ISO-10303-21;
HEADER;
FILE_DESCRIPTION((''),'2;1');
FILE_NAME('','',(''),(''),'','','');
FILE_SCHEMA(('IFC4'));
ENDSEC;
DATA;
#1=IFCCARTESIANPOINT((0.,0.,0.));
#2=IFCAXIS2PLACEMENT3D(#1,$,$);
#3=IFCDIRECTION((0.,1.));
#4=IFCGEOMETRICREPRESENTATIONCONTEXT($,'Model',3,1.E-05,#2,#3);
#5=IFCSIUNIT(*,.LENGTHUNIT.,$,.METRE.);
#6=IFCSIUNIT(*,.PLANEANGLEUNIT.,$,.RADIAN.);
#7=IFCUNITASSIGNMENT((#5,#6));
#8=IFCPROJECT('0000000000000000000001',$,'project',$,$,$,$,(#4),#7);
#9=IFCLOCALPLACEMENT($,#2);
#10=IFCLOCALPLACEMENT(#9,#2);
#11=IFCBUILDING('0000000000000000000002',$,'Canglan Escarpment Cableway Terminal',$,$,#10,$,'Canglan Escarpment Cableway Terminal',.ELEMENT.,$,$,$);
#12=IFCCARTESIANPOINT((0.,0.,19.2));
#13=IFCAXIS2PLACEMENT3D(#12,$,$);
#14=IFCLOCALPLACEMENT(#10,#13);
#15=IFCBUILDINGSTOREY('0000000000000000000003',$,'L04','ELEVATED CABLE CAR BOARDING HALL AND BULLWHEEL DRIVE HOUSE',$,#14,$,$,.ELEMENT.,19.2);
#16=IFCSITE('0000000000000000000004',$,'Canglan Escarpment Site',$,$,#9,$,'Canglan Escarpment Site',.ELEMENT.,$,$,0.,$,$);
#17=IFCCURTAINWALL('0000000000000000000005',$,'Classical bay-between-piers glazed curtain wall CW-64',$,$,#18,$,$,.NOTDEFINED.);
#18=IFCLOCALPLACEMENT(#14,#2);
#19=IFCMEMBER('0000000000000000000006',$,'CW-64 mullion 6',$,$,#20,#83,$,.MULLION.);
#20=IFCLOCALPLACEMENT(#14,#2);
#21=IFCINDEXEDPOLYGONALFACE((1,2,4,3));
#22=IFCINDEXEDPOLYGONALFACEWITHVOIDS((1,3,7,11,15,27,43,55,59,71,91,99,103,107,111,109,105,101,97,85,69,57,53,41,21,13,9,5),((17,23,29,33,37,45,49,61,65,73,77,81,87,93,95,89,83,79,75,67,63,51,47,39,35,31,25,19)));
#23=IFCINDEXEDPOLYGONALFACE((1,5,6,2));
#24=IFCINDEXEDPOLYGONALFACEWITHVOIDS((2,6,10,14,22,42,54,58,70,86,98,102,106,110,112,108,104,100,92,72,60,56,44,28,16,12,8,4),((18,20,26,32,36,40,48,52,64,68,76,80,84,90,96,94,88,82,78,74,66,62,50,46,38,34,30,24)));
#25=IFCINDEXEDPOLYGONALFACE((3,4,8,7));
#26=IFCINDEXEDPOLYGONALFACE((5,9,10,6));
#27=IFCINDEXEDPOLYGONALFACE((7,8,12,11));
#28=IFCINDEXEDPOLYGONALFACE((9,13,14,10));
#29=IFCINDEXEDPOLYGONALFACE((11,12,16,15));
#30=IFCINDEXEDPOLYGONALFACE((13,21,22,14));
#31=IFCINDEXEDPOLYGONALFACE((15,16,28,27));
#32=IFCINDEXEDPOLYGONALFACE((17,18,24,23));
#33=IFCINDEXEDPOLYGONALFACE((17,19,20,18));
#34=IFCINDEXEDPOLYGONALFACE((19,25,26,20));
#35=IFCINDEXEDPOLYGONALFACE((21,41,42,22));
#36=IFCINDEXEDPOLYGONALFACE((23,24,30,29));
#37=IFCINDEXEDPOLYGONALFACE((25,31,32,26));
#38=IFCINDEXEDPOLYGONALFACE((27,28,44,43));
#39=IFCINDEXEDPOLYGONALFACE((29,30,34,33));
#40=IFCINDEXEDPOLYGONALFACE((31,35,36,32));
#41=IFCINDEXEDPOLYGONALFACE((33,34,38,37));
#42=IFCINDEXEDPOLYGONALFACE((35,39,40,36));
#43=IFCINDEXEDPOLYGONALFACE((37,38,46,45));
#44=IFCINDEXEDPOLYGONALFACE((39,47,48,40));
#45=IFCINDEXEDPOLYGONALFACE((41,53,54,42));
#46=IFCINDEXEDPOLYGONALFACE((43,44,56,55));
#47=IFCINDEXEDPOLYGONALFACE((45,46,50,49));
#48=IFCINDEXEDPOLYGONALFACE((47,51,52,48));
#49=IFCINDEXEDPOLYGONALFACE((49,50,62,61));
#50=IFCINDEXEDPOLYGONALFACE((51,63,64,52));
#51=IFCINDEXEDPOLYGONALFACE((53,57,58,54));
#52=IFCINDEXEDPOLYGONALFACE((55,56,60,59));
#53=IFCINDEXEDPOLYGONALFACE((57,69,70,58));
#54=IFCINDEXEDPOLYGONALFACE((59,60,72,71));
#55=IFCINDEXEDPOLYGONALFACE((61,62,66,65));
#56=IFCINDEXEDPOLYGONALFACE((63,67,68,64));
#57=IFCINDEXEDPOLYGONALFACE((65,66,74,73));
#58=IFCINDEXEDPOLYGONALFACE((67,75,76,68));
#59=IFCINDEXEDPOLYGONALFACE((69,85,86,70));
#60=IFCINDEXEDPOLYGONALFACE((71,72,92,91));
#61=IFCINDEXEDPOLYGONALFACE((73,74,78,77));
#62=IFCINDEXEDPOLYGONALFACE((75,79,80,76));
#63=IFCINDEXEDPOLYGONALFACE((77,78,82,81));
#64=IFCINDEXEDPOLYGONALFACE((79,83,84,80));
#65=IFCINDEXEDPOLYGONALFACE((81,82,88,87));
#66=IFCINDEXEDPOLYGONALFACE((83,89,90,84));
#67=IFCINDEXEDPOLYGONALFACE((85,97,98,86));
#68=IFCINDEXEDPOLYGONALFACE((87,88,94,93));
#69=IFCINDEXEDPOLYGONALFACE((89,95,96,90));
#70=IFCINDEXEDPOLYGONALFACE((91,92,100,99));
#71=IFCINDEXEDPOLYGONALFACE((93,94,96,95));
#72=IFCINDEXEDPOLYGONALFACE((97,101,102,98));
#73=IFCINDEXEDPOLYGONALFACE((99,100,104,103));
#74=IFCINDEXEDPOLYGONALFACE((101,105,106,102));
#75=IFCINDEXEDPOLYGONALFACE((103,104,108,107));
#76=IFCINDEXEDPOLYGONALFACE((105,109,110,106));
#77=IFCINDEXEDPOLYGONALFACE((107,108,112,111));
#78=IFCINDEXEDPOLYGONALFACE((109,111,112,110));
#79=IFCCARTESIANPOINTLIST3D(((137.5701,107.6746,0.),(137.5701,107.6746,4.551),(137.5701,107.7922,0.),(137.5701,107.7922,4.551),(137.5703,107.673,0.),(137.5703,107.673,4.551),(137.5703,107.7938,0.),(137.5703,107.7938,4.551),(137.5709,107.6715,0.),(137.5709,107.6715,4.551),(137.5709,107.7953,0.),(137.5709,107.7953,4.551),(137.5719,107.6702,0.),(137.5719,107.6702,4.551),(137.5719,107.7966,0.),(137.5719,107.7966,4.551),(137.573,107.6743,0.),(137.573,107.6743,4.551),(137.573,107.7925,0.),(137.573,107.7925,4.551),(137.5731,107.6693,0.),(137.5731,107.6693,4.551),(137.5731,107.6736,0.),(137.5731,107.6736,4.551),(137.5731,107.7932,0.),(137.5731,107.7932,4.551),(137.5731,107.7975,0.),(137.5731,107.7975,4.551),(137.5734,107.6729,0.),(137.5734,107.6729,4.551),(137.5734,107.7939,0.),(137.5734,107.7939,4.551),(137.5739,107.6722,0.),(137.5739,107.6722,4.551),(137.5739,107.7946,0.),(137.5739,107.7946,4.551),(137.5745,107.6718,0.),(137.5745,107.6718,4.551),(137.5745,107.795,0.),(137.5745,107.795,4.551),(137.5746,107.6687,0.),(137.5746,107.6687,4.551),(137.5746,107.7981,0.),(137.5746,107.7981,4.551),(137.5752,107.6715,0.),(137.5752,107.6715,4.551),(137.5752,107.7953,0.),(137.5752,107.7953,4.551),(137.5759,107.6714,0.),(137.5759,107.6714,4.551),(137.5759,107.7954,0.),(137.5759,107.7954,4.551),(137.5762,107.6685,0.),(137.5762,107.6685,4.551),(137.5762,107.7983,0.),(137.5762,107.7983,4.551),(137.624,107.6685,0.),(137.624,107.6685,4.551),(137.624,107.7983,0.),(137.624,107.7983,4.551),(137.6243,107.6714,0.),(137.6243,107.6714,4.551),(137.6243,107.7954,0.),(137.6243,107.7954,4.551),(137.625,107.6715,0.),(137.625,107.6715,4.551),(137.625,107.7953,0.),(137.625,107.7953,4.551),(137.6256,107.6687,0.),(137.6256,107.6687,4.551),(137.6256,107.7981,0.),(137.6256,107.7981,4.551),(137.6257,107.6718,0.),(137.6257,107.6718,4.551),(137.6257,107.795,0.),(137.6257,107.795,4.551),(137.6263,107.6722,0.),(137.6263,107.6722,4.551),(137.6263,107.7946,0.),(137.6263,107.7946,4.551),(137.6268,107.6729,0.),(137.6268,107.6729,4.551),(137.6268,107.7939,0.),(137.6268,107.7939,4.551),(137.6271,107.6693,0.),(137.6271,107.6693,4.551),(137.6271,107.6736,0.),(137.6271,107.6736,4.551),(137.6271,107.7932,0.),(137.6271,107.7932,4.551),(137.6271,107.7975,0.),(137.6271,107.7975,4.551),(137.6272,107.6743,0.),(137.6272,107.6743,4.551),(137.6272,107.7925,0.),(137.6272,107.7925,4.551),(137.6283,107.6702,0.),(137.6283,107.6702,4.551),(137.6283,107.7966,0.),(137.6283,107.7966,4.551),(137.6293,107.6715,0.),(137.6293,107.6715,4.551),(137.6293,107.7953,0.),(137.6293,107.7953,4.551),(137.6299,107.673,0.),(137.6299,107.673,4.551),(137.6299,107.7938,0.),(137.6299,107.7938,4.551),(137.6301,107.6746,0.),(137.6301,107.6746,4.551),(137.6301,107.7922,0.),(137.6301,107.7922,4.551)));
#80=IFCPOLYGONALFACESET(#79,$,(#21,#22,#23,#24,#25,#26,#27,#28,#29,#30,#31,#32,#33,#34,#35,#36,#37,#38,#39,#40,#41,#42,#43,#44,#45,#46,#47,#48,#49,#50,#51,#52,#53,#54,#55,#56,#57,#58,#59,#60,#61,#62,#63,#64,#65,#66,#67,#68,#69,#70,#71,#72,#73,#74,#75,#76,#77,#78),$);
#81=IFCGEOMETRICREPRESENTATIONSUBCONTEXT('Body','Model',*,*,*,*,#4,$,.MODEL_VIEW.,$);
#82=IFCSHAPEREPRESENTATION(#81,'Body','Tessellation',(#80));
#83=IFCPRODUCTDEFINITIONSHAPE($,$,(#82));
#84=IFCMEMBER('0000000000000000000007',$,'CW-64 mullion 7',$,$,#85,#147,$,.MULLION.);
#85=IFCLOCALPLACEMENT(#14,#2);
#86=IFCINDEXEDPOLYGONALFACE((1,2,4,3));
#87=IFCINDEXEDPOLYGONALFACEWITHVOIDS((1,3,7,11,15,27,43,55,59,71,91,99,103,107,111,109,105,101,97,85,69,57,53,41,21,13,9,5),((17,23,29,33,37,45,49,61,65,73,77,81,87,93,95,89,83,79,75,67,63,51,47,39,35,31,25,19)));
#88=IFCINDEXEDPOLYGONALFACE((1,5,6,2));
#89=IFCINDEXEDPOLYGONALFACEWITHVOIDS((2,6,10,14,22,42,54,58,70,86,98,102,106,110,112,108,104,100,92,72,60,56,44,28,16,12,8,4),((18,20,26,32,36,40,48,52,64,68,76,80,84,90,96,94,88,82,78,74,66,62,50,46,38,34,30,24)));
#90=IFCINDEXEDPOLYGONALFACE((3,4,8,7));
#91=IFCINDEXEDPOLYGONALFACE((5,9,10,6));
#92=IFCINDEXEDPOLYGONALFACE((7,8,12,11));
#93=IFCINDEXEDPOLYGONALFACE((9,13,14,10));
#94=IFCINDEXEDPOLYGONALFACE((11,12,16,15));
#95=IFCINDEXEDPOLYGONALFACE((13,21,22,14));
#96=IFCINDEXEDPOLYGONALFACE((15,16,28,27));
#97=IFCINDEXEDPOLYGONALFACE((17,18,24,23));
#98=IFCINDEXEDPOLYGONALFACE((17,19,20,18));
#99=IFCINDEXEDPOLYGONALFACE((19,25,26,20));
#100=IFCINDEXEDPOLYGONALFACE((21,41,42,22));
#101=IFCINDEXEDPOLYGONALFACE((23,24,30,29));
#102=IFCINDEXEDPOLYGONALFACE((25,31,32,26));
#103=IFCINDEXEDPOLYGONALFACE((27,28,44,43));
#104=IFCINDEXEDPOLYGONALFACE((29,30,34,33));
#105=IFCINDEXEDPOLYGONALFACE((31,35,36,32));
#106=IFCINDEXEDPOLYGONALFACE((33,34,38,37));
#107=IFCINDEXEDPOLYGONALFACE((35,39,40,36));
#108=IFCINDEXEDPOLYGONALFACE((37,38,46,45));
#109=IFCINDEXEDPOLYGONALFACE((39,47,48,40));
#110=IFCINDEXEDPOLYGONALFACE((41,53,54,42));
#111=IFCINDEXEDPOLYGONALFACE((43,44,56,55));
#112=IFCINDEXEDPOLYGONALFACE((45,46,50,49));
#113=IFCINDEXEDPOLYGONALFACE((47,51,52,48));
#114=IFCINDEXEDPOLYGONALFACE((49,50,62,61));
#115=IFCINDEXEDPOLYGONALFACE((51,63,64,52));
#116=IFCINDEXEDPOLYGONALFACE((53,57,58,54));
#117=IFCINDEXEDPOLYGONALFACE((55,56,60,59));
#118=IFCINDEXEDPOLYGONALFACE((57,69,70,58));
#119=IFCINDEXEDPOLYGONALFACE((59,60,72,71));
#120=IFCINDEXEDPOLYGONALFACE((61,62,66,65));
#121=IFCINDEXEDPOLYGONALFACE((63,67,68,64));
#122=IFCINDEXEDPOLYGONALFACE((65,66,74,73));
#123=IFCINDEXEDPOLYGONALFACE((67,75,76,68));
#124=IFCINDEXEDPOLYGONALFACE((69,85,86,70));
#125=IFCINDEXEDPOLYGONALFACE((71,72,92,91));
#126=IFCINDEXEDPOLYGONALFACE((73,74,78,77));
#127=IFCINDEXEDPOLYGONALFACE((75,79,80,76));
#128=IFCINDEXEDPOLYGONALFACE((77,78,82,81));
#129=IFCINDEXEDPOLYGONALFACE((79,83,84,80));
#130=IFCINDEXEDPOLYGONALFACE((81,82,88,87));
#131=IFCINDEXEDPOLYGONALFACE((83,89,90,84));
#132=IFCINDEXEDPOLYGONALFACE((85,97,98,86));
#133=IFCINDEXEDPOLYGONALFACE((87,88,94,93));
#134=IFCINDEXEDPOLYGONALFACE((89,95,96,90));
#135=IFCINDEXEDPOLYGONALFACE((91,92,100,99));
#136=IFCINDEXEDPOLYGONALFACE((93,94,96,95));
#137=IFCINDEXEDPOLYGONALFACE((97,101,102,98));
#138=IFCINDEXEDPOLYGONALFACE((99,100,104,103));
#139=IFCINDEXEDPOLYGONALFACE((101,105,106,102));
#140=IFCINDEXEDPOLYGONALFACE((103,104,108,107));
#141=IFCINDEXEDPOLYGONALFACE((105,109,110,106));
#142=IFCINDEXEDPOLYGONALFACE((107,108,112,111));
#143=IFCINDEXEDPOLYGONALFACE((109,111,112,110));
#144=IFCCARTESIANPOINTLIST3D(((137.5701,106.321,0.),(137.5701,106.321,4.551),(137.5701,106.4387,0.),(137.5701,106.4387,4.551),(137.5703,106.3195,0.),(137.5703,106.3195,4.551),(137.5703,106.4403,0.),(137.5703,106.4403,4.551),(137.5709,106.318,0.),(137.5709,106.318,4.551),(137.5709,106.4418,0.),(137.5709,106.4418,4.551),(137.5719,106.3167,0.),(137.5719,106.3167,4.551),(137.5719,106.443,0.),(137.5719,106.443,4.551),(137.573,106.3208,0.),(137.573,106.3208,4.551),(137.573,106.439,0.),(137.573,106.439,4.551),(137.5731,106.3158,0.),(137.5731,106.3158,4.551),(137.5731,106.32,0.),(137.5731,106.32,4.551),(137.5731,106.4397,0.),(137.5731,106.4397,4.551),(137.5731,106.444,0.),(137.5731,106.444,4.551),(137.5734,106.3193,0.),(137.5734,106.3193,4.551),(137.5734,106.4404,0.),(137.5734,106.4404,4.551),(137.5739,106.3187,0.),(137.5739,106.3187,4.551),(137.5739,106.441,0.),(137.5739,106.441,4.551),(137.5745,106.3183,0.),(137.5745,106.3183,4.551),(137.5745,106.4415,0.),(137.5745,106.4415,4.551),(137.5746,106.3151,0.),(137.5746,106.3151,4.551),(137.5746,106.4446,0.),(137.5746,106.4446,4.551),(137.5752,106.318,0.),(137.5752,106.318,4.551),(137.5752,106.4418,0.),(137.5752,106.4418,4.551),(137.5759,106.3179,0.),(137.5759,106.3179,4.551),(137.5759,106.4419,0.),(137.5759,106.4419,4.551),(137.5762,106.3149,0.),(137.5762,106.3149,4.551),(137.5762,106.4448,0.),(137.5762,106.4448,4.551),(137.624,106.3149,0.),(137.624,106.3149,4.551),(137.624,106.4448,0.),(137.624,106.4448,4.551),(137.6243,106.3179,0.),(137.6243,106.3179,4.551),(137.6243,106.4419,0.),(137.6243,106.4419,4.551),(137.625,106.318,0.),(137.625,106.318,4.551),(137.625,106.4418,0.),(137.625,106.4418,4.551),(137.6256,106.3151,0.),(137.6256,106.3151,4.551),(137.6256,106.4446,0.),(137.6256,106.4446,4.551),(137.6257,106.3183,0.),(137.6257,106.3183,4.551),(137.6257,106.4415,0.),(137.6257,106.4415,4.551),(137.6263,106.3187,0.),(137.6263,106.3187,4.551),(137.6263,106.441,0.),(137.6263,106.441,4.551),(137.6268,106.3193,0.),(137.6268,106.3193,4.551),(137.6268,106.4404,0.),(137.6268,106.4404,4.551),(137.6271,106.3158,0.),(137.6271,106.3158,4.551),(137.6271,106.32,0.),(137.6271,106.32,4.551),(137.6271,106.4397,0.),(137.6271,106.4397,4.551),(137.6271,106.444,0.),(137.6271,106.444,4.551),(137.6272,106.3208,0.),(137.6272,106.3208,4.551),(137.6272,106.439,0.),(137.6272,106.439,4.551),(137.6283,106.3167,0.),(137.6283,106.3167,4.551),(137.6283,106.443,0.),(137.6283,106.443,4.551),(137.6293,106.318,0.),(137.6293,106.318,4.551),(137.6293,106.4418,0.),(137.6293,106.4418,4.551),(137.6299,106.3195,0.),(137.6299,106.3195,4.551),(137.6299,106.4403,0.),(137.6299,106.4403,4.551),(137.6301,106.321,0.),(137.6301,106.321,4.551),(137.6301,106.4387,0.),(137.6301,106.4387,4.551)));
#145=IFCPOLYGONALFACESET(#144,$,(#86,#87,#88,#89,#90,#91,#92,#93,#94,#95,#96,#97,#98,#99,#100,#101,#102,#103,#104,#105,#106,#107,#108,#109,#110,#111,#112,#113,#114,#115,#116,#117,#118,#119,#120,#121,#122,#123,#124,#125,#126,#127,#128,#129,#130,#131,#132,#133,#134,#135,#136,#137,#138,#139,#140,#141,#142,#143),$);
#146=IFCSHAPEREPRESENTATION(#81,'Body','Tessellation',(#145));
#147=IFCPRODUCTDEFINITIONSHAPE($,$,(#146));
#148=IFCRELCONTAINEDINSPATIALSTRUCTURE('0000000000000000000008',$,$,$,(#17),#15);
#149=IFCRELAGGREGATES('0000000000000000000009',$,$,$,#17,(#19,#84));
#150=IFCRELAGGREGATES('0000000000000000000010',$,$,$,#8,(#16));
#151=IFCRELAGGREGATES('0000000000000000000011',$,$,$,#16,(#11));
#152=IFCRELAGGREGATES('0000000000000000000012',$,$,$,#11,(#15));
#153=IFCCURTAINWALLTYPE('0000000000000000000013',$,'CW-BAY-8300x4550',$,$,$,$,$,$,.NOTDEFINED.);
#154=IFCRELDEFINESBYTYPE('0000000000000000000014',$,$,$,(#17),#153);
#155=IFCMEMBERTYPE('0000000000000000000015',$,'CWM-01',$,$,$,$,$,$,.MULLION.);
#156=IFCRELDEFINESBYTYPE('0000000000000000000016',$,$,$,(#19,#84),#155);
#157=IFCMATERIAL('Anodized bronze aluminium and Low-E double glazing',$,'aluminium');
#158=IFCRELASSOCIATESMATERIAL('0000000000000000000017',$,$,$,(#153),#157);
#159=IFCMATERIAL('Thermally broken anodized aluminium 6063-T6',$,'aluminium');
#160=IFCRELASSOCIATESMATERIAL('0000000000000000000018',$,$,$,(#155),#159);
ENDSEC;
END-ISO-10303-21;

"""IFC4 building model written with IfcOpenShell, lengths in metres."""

from ifc_helpers import new_model, si_unit, direction, frame, origin, origin_2d, place, context, subcontext, project, spatial, hollow_rectangle, extrude, material, material_profile, profile_set, type_object, element, aggregate, save


model = new_model("IFC4")

# Units and contexts
model_context = context("Model", 3, precision=1e-05, world=origin(), true_north=direction((0.0, 1.0)))
body_context = subcontext(model_context, "Body", "Model", "MODEL_VIEW")
ifc_project = project(units=[si_unit("LENGTHUNIT", "METRE"), si_unit("PLANEANGLEUNIT", "RADIAN")], contexts=[model_context])

# Site, building, storey
site_placement = place(None, origin())
site = spatial("IfcSite", under=ifc_project, at=site_placement, Name="Canglan Escarpment Site", LongName="Canglan Escarpment Site", CompositionType="ELEMENT", RefElevation=0.0)
building_placement = place(site_placement, origin())
building = spatial("IfcBuilding", under=site, at=building_placement, Name="Canglan Escarpment Cableway Terminal", LongName="Canglan Escarpment Cableway Terminal", CompositionType="ELEMENT")
storey_placement = place(building_placement, frame((0.0, 0.0, 19.2)))
storey = spatial("IfcBuildingStorey", under=building, at=storey_placement, Name="L04", Description="ELEVATED CABLE CAR BOARDING HALL AND BULLWHEEL DRIVE HOUSE", CompositionType="ELEMENT", Elevation=19.2)

# Curtain wall, members
ifc_material_1 = material(Name="Anodized bronze aluminium and Low-E double glazing", Category="aluminium")
curtain_wall_type_1 = type_object("IfcCurtainWallType", Name="CW-BAY-8300x4550", PredefinedType="NOTDEFINED", material=ifc_material_1)
curtain_wall_1_placement = place(storey_placement, origin())
curtain_wall_1 = element("IfcCurtainWall", 1, at=curtain_wall_1_placement, inside=storey, type_object=curtain_wall_type_1, Name="Classical bay-between-piers glazed curtain wall CW-64", PredefinedType="NOTDEFINED")
ifc_material_2 = material(Name="Thermally broken anodized aluminium 6063-T6", Category="aluminium")
ifc_material_profile_1 = material_profile(ifc_material_2, hollow_rectangle(XDim=0.0601, YDim=0.1299, WallThickness=0.0029, InnerFilletRadius=0.0029, OuterFilletRadius=0.0061, at=origin_2d()), Name="ALU-MULL 60x130x3")
ifc_profile_set_1 = profile_set([ifc_material_profile_1], Name="Thermally broken anodized aluminium 6063-T6")
member_type_1 = type_object("IfcMemberType", Name="CWM-01", PredefinedType="MULLION", material=ifc_profile_set_1)
member_1_placement = place(storey_placement, frame((137.6001, 107.7334, 0.0), z_axis=(0.0, 0.0, 1.0), x_axis=(1.0, 0.0, 0.0)))
member_1 = element("IfcMember", 2, at=member_1_placement, type_object=member_type_1, Name="CW-64 mullion 6", PredefinedType="MULLION", context=body_context, shape_type="SweptSolid", body=[
    extrude(hollow_rectangle(XDim=0.0601, YDim=0.1299, WallThickness=0.0029, InnerFilletRadius=0.0029, OuterFilletRadius=0.0061, at=origin_2d()), origin(), (0.0, 0.0, 1.0), 4.551),
])
member_2_placement = place(storey_placement, frame((137.6001, 106.3799, 0.0), z_axis=(0.0, 0.0, 1.0), x_axis=(1.0, 0.0, 0.0)))
member_2 = element("IfcMember", 3, at=member_2_placement, type_object=member_type_1, Name="CW-64 mullion 7", PredefinedType="MULLION", context=body_context, shape_type="SweptSolid", body=[
    extrude(hollow_rectangle(XDim=0.0601, YDim=0.1299, WallThickness=0.0029, InnerFilletRadius=0.0029, OuterFilletRadius=0.0061, at=origin_2d()), origin(), (0.0, 0.0, 1.0), 4.551),
])
aggregate(curtain_wall_1, [member_1, member_2])

save(model, "model.ifc")
